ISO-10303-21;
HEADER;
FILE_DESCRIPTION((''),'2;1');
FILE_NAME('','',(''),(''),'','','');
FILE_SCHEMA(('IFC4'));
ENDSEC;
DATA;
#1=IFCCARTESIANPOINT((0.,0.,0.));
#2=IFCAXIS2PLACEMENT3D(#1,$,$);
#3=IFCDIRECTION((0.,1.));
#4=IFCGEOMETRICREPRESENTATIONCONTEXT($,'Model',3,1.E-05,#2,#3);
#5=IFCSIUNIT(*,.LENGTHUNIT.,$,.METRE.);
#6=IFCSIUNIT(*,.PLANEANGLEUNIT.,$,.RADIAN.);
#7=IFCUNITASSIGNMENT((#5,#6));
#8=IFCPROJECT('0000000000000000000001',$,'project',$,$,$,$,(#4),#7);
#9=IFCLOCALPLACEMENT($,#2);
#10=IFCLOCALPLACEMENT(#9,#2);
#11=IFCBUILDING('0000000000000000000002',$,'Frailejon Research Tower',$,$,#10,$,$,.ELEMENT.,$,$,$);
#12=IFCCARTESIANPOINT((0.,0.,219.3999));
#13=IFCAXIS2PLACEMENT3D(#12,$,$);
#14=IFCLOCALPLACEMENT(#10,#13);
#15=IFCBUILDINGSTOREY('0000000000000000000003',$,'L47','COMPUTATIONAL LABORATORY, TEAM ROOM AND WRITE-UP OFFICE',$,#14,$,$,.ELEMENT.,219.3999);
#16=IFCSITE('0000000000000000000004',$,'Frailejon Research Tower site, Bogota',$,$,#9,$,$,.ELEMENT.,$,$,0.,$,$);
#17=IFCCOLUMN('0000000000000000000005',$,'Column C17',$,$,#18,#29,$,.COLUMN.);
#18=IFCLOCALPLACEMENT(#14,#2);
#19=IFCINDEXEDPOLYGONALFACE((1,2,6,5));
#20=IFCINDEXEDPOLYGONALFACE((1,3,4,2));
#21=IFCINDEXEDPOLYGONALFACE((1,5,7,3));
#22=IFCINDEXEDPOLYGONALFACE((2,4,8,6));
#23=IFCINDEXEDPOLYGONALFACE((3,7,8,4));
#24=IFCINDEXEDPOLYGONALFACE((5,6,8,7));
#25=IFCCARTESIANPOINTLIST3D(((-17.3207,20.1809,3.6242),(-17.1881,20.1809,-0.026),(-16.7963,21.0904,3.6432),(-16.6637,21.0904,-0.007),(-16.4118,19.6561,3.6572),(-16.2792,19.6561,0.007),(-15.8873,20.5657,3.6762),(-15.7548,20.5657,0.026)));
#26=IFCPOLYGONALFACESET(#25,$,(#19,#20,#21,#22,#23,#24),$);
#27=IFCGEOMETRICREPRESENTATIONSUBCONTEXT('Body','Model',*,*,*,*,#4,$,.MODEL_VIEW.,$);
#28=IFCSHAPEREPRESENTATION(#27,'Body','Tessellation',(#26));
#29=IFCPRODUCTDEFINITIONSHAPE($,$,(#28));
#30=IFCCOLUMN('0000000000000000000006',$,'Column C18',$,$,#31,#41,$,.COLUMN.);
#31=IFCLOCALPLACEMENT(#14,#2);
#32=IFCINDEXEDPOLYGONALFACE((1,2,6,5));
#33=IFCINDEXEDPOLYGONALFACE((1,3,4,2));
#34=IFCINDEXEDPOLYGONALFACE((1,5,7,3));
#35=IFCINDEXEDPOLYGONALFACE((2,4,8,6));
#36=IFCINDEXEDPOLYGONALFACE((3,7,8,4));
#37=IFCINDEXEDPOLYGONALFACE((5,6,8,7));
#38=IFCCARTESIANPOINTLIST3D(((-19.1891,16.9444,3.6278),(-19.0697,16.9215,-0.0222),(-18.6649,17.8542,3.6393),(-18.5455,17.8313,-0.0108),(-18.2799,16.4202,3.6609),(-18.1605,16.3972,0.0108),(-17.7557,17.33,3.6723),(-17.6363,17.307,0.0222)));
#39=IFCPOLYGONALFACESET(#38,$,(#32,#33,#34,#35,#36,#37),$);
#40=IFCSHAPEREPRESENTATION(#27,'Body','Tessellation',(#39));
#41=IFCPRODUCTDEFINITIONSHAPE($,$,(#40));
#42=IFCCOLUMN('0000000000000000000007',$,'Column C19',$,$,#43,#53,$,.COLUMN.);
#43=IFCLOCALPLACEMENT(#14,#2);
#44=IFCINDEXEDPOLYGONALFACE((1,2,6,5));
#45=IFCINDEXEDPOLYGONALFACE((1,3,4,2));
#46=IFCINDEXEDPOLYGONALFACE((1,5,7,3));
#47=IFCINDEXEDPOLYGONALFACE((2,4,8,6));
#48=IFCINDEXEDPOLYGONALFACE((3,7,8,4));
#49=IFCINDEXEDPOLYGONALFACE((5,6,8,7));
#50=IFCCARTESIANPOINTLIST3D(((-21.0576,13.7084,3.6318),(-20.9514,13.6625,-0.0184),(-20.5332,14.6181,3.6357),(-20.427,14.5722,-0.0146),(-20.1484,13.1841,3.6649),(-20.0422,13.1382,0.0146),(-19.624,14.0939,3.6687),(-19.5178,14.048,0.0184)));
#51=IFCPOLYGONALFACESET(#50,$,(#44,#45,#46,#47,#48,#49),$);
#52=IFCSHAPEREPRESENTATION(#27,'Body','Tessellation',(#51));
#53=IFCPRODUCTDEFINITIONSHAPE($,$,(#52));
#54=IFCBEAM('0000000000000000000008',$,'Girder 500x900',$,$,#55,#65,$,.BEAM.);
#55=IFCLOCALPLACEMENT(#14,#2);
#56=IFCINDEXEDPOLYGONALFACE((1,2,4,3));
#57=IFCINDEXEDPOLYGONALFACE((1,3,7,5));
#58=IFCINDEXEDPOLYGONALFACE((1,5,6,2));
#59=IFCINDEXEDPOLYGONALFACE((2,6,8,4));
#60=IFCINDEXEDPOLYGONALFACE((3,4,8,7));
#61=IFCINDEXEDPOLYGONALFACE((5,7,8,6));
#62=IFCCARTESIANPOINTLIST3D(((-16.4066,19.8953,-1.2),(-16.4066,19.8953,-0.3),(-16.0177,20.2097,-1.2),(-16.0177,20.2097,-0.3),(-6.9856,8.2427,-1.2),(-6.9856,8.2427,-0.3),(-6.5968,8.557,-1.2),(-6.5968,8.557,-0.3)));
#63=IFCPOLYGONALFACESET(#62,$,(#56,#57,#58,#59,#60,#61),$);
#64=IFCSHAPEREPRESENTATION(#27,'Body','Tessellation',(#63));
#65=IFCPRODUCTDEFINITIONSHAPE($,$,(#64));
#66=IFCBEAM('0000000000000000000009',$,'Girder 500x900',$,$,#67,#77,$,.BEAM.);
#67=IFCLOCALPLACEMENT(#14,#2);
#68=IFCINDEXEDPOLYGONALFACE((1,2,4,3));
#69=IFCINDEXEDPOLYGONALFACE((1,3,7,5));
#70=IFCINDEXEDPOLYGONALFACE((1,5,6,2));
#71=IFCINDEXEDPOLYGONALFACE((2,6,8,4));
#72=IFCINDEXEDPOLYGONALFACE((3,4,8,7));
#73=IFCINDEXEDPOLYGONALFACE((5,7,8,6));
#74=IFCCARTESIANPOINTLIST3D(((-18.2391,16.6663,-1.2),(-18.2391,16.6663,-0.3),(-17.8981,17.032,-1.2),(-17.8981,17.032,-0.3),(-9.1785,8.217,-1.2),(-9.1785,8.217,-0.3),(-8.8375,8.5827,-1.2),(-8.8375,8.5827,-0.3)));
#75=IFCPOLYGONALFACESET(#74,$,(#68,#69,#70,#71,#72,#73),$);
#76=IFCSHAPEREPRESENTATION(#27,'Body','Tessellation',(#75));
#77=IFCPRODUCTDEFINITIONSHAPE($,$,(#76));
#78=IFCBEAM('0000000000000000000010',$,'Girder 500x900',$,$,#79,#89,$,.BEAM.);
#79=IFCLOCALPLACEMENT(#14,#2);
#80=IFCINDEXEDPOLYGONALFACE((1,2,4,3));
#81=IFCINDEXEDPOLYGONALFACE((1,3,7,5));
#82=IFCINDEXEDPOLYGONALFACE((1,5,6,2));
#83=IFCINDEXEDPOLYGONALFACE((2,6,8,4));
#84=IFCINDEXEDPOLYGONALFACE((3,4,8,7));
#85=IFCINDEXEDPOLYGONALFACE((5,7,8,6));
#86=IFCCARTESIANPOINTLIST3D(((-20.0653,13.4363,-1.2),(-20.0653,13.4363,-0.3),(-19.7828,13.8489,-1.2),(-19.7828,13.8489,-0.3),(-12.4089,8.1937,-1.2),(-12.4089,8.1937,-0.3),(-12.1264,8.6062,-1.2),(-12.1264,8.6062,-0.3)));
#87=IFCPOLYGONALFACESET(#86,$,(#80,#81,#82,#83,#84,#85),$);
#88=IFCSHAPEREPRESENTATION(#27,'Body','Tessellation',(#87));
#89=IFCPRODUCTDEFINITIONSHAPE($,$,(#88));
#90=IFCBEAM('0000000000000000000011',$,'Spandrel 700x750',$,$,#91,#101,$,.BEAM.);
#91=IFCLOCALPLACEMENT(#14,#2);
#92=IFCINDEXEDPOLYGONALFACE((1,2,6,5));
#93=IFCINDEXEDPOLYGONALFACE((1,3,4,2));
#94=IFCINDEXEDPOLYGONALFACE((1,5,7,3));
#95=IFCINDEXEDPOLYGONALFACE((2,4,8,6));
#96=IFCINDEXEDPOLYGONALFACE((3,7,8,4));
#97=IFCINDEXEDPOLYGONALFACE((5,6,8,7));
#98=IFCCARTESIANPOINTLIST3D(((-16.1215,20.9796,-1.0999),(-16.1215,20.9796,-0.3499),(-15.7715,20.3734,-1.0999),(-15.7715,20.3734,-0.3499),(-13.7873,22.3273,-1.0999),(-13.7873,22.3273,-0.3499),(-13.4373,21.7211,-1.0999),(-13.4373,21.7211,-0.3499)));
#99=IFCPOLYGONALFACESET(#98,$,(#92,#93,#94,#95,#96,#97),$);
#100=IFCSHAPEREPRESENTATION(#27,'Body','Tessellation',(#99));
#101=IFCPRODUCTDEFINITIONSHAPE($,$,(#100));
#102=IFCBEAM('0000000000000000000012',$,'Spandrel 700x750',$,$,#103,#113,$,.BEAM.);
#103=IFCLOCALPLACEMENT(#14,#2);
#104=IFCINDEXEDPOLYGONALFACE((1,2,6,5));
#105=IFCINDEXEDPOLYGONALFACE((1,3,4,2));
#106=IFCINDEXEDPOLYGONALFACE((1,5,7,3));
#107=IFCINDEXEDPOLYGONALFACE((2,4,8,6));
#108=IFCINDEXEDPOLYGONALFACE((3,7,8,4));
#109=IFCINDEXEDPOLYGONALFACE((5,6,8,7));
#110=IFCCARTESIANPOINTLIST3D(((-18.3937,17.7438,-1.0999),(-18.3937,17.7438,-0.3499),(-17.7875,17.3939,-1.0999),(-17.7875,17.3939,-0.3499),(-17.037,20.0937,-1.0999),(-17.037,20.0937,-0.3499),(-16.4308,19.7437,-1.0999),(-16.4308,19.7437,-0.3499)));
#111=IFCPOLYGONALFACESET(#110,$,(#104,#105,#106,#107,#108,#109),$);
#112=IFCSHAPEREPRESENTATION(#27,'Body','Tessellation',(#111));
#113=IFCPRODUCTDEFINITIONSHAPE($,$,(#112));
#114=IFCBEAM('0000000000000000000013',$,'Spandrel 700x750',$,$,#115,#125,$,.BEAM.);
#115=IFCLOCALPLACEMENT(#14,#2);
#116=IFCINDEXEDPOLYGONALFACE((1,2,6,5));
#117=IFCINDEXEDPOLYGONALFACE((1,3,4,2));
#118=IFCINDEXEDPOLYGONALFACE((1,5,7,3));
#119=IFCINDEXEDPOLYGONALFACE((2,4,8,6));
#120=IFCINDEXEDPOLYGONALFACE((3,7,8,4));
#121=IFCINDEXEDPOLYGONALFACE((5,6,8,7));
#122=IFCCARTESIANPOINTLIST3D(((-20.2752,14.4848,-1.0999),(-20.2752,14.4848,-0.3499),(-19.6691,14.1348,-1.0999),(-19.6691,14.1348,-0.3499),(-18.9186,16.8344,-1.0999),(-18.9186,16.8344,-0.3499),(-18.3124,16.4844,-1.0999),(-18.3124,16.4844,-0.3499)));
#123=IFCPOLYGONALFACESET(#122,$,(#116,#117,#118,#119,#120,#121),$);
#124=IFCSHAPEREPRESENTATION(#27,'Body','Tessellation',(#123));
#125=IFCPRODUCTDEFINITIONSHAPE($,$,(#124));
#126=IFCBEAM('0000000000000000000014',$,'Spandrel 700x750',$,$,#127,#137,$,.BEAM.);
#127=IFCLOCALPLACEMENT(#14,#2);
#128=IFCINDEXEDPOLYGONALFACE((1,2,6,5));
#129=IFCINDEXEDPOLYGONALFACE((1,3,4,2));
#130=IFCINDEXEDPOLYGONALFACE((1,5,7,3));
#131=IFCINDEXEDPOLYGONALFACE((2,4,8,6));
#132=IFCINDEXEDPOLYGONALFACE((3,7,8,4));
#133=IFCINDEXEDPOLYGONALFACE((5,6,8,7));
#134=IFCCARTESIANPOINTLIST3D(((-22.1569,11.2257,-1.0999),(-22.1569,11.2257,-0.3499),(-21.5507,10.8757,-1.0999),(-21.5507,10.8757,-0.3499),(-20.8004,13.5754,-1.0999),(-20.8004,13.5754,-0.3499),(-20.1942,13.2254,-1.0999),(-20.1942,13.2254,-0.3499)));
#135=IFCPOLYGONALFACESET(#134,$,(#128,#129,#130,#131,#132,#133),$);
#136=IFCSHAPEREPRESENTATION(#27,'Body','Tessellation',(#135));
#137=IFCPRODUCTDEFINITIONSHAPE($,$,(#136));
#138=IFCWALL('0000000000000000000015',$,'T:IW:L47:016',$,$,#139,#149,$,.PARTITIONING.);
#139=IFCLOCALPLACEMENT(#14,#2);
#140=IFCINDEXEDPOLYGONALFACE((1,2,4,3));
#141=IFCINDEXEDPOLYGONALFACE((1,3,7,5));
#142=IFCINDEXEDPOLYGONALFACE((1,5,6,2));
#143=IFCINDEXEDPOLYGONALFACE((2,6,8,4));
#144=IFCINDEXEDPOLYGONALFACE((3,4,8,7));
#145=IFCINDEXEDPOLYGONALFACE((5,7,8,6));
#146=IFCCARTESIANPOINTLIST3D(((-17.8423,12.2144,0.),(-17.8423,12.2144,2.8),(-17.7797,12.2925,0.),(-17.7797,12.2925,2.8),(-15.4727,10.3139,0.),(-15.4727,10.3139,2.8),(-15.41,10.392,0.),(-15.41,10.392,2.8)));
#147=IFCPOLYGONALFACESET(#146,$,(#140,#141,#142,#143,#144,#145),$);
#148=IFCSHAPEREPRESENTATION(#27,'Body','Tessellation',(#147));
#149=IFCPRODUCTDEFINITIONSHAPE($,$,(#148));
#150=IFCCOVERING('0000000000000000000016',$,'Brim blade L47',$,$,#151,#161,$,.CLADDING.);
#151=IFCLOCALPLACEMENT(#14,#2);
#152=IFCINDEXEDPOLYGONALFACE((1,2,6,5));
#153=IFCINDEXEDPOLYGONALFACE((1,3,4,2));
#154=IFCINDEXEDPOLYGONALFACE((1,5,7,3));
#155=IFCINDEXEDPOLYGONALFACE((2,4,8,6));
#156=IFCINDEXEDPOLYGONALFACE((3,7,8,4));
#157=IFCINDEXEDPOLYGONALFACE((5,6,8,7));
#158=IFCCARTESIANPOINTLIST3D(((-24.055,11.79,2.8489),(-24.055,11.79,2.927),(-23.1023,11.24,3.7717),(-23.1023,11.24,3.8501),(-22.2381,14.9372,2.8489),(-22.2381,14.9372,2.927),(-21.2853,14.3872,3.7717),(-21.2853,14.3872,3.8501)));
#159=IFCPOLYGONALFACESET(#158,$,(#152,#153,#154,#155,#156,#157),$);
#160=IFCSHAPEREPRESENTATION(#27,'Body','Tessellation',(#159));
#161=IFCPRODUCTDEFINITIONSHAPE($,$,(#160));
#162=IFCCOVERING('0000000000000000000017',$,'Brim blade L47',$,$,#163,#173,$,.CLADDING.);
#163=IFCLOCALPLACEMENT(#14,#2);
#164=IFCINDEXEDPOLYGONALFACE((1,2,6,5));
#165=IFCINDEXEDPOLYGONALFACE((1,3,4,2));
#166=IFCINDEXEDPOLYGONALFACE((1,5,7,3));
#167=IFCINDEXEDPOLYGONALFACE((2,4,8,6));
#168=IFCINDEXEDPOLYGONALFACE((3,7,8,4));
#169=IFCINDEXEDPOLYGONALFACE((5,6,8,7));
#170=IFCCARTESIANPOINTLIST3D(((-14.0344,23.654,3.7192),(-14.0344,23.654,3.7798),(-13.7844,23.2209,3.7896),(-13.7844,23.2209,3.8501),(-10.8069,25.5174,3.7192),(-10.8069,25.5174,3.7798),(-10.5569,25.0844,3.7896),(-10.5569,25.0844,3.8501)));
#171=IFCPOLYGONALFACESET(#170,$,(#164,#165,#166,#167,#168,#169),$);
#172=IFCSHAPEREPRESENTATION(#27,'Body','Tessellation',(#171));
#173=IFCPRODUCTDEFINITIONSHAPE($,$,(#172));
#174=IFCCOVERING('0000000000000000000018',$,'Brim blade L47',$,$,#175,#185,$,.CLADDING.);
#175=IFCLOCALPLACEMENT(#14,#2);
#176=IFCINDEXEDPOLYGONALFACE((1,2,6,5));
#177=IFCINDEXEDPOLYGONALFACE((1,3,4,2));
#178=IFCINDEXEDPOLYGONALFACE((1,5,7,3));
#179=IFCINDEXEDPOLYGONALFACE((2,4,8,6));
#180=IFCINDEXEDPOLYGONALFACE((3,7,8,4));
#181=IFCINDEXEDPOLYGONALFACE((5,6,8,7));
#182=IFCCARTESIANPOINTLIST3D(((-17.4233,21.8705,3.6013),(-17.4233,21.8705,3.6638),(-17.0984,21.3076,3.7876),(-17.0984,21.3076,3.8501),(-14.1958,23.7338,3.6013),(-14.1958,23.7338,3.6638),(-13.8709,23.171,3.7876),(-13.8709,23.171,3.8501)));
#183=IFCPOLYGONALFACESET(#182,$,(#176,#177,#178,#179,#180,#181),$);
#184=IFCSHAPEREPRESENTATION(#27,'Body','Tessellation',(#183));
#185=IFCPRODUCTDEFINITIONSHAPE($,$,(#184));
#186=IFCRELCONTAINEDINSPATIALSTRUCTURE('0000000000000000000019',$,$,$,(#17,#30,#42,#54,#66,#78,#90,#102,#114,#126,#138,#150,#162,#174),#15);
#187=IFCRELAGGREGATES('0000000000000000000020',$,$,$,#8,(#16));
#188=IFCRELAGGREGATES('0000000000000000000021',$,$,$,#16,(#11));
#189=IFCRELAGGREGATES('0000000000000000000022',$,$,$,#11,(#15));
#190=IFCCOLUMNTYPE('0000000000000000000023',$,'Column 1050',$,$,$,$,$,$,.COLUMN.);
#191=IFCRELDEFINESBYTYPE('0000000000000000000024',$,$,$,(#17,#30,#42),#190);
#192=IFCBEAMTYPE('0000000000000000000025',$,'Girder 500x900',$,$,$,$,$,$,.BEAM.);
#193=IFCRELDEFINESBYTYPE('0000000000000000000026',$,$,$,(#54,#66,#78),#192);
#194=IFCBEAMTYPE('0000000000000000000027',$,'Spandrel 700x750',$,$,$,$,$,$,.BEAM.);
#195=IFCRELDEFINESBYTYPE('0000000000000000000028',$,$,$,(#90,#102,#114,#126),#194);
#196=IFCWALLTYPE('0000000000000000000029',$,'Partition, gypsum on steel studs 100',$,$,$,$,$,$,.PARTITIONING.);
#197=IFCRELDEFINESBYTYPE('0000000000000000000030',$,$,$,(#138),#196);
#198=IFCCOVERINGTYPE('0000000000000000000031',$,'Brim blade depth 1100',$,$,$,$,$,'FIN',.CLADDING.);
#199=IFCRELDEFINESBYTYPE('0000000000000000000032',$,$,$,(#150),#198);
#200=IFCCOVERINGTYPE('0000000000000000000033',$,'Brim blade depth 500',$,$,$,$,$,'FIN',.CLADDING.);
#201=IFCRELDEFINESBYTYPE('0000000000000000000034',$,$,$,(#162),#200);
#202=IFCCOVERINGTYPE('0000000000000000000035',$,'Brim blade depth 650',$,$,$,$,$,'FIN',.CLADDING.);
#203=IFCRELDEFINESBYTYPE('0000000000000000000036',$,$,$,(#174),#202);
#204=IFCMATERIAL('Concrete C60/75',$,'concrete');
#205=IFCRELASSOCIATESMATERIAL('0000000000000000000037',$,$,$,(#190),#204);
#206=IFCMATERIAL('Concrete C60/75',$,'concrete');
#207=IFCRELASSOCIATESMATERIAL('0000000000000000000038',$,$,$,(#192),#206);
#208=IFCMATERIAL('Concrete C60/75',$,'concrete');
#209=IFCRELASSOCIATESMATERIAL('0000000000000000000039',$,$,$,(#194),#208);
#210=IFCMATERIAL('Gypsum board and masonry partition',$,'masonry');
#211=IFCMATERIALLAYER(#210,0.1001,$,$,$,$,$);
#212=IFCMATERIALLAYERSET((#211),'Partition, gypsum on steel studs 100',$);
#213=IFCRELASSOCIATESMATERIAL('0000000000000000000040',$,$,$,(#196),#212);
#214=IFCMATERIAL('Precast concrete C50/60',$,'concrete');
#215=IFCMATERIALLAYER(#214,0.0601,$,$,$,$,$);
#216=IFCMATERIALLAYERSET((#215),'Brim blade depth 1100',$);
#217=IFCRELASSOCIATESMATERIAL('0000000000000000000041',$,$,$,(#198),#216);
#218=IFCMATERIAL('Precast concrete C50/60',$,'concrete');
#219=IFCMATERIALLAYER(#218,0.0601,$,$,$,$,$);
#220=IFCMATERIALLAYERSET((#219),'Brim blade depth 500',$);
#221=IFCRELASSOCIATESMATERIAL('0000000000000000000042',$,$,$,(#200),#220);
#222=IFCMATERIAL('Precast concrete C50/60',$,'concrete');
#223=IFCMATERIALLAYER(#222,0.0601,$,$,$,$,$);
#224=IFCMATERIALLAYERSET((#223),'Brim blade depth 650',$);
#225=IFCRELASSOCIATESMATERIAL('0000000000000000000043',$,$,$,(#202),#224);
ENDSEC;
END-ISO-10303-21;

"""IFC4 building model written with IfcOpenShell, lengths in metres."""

from ifc_helpers import new_model, si_unit, direction, frame, frame_2d, origin, origin_2d, place, context, subcontext, project, spatial, polyline, rectangle, outline, extrude, material, layer, layer_set, material_profile, profile_set, type_object, element, save


model = new_model("IFC4")

# Units and contexts
model_context = context("Model", 3, precision=1e-05, world=origin(), true_north=direction((0.0, 1.0)))
body_context = subcontext(model_context, "Body", "Model", "MODEL_VIEW")
ifc_project = project(units=[si_unit("LENGTHUNIT", "METRE"), si_unit("PLANEANGLEUNIT", "RADIAN")], contexts=[model_context])

# Site, building, storey
site_placement = place(None, origin())
site = spatial("IfcSite", under=ifc_project, at=site_placement, Name="Frailejon Research Tower site, Bogota", CompositionType="ELEMENT", RefElevation=0.0)
building_placement = place(site_placement, origin())
building = spatial("IfcBuilding", under=site, at=building_placement, Name="Frailejon Research Tower", CompositionType="ELEMENT")
storey_placement = place(building_placement, frame((0.0, 0.0, 219.3999)))
storey = spatial("IfcBuildingStorey", under=building, at=storey_placement, Name="L47", Description="COMPUTATIONAL LABORATORY, TEAM ROOM AND WRITE-UP OFFICE", CompositionType="ELEMENT", Elevation=219.3999)

# Columns
ifc_material_1 = material(Name="Concrete C60/75", Category="concrete")
ifc_material_profile_1 = material_profile(ifc_material_1, rectangle(XDim=1.05, YDim=1.05, at=origin_2d()), Name="Column 1050")
ifc_profile_set_1 = profile_set([ifc_material_profile_1], Name="Concrete C60/75")
column_type = type_object("IfcColumnType", Name="Column 1050", PredefinedType="COLUMN", material=ifc_profile_set_1)
column_placement = place(storey_placement, frame((-16.4714, 20.3733, 0.0), z_axis=(-0.036295, 0.0, 0.999341), x_axis=(-0.499424, -0.866168, -0.018138)))
element("IfcColumn", 1, at=column_placement, inside=storey, type_object=column_type, Name="Column C17", PredefinedType="COLUMN", context=body_context, shape_type="SweptSolid", body=[
    extrude(rectangle(XDim=1.05, YDim=1.05, at=origin_2d()), origin(), (0.0, 0.0, 1.0), 3.6526),
])
for number, where, z_axis, x_axis, name in (
    (2, (-18.353, 17.1143, 0.0), (-0.032689, 0.006284, 0.999446), (-0.49919, -0.866424, -0.01088), "Column C18"),
    (3, (-20.2346, 13.8552, 0.0), (-0.02908, 0.012568, 0.999498), (-0.499394, -0.866367, -0.003636), "Column C19"),
):
    element("IfcColumn", number, at=place(storey_placement, frame(where, z_axis=z_axis, x_axis=x_axis)), inside=storey, type_object=column_type, Name=name, PredefinedType="COLUMN", context=body_context, shape_type="SweptSolid", body=[
        extrude(rectangle(XDim=1.05, YDim=1.05, at=origin_2d()), origin(), (0.0, 0.0, 1.0), 3.6521),
    ])

# Beams
ifc_material_2 = material(Name="Concrete C60/75", Category="concrete")
ifc_material_profile_2 = material_profile(ifc_material_2, rectangle(XDim=0.5, YDim=0.8999, at=origin_2d()), Name="Girder 500x900")
ifc_profile_set_2 = profile_set([ifc_material_profile_2], Name="Concrete C60/75")
beam_type_1 = type_object("IfcBeamType", Name="Girder 500x900", PredefinedType="BEAM", material=ifc_profile_set_2)
beam_1_placement = place(storey_placement, frame((-16.2122, 20.0525, -0.75), z_axis=(0.628708, -0.777641, 0.0), x_axis=(0.777641, 0.628708, 0.0)))
element("IfcBeam", 4, at=beam_1_placement, inside=storey, type_object=beam_type_1, Name="Girder 500x900", PredefinedType="BEAM", context=body_context, shape_type="SweptSolid", body=[
    extrude(rectangle(XDim=0.5, YDim=0.8999, at=origin_2d()), origin(), (0.0, 0.0, 1.0), 14.9846),
])
beam_2_placement = place(storey_placement, frame((-18.0686, 16.8491, -0.75), z_axis=(0.731349, -0.682004, 0.0), x_axis=(0.682004, 0.731349, 0.0)))
element("IfcBeam", 5, at=beam_2_placement, inside=storey, type_object=beam_type_1, Name="Girder 500x900", PredefinedType="BEAM", context=body_context, shape_type="SweptSolid", body=[
    extrude(rectangle(XDim=0.5, YDim=0.8999, at=origin_2d()), origin(), (0.0, 0.0, 1.0), 12.3889),
])
beam_3_placement = place(storey_placement, frame((-19.9241, 13.6426, -0.75), z_axis=(0.825105, -0.564979, 0.0), x_axis=(0.564979, 0.825105, 0.0)))
element("IfcBeam", 6, at=beam_3_placement, inside=storey, type_object=beam_type_1, Name="Girder 500x900", PredefinedType="BEAM", context=body_context, shape_type="SweptSolid", body=[
    extrude(rectangle(XDim=0.5, YDim=0.8999, at=origin_2d()), origin(), (0.0, 0.0, 1.0), 9.2793),
])
ifc_material_3 = material(Name="Concrete C60/75", Category="concrete")
ifc_material_profile_3 = material_profile(ifc_material_3, rectangle(XDim=0.7, YDim=0.75, at=origin_2d()), Name="Spandrel 700x750")
ifc_profile_set_3 = profile_set([ifc_material_profile_3], Name="Concrete C60/75")
beam_type_2 = type_object("IfcBeamType", Name="Spandrel 700x750", PredefinedType="BEAM", material=ifc_profile_set_3)
beam_4_placement = place(storey_placement, frame((-13.6123, 22.0242, -0.7249), z_axis=(-0.866027, -0.499997, 0.0), x_axis=(0.499997, -0.866027, 0.0)))
element("IfcBeam", 7, at=beam_4_placement, inside=storey, type_object=beam_type_2, Name="Spandrel 700x750", PredefinedType="BEAM", context=body_context, shape_type="SweptSolid", body=[
    extrude(rectangle(XDim=0.7, YDim=0.75, at=origin_2d()), origin(), (0.0, 0.0, 1.0), 2.6953),
])
beam_5_placement = place(storey_placement, frame((-16.7339, 19.9187, -0.7249), z_axis=(-0.5, -0.866025, 0.0), x_axis=(0.866025, -0.5, 0.0)))
element("IfcBeam", 8, at=beam_5_placement, inside=storey, type_object=beam_type_2, Name="Spandrel 700x750", PredefinedType="BEAM", context=body_context, shape_type="SweptSolid", body=[
    extrude(rectangle(XDim=0.7, YDim=0.75, at=origin_2d()), origin(), (0.0, 0.0, 1.0), 2.7134),
])
for number, where, z_axis, x_axis, name in (
    (9, (-18.6155, 16.6594, -0.7249), (-0.500039, -0.866003, 0.0), (0.866003, -0.500039, 0.0), "Spandrel 700x750"),
    (10, (-20.4973, 13.4004, -0.7249), (-0.499972, -0.866042, 0.0), (0.866042, -0.499972, 0.0), "Spandrel 700x750"),
):
    element("IfcBeam", number, at=place(storey_placement, frame(where, z_axis=z_axis, x_axis=x_axis)), inside=storey, type_object=beam_type_2, Name=name, PredefinedType="BEAM", context=body_context, shape_type="SweptSolid", body=[
        extrude(rectangle(XDim=0.7, YDim=0.75, at=origin_2d()), origin(), (0.0, 0.0, 1.0), 2.7131),
    ])

# Wall
ifc_material_4 = material(Name="Gypsum board and masonry partition", Category="masonry")
ifc_layer_1 = layer(ifc_material_4, 0.1001)
ifc_layer_set_1 = layer_set([ifc_layer_1], Name="Partition, gypsum on steel studs 100")
wall_type_1 = type_object("IfcWallType", Name="Partition, gypsum on steel studs 100", PredefinedType="PARTITIONING", material=ifc_layer_set_1)
wall_1_placement = place(storey_placement, frame((-17.811, 12.2534, 0.0), z_axis=(0.0, 0.0, 1.0), x_axis=(0.780115, -0.625636, 0.0)))
element("IfcWall", 11, at=wall_1_placement, inside=storey, type_object=wall_type_1, Name="T:IW:L47:016", PredefinedType="PARTITIONING", context=body_context, shape_type="SweptSolid", body=[
    extrude(rectangle(XDim=3.0376, YDim=0.1001, at=frame_2d((1.5188, 0.0))), origin(), (0.0, 0.0, 1.0), 2.8),
])

# Coverings
ifc_material_5 = material(Name="Precast concrete C50/60", Category="concrete")
ifc_layer_2 = layer(ifc_material_5, 0.0601)
ifc_layer_set_2 = layer_set([ifc_layer_2], Name="Brim blade depth 1100")
covering_type_1 = type_object("IfcCoveringType", Name="Brim blade depth 1100", ElementType="FIN", PredefinedType="CLADDING", material=ifc_layer_set_2)
covering_1_placement = place(storey_placement, frame((-23.1023, 11.24, 3.8501), z_axis=(0.499981, 0.866036, 0.0), x_axis=(-0.866036, 0.499981, 0.0)))
element("IfcCovering", 12, at=covering_1_placement, inside=storey, type_object=covering_type_1, Name="Brim blade L47", PredefinedType="CLADDING", context=body_context, shape_type="SweptSolid", body=[
    extrude(outline(polyline([(0.0, -0.0784), (1.1001, -1.0012), (1.1001, -0.9231), (0.0, 0.0), (0.0, -0.0784)])), origin(), (0.0, 0.0, 1.0), 3.634),
])
ifc_material_6 = material(Name="Precast concrete C50/60", Category="concrete")
ifc_layer_3 = layer(ifc_material_6, 0.0601)
ifc_layer_set_3 = layer_set([ifc_layer_3], Name="Brim blade depth 500")
covering_type_2 = type_object("IfcCoveringType", Name="Brim blade depth 500", ElementType="FIN", PredefinedType="CLADDING", material=ifc_layer_set_3)
covering_2_placement = place(storey_placement, frame((-13.7844, 23.2209, 3.8501), z_axis=(0.866025, 0.500001, 0.0), x_axis=(-0.500001, 0.866025, 0.0)))
element("IfcCovering", 13, at=covering_2_placement, inside=storey, type_object=covering_type_2, Name="Brim blade L47", PredefinedType="CLADDING", context=body_context, shape_type="SweptSolid", body=[
    extrude(outline(polyline([(0.0, -0.0605), (0.5, -0.1309), (0.5, -0.0703), (0.0, 0.0), (0.0, -0.0605)])), origin(), (0.0, 0.0, 1.0), 3.7268),
])
ifc_material_7 = material(Name="Precast concrete C50/60", Category="concrete")
ifc_layer_4 = layer(ifc_material_7, 0.0601)
ifc_layer_set_4 = layer_set([ifc_layer_4], Name="Brim blade depth 650")
covering_type_3 = type_object("IfcCoveringType", Name="Brim blade depth 650", ElementType="FIN", PredefinedType="CLADDING", material=ifc_layer_set_4)
covering_3_placement = place(storey_placement, frame((-17.0984, 21.3076, 3.8501), z_axis=(0.86603, 0.499992, 0.0), x_axis=(-0.499992, 0.86603, 0.0)))
element("IfcCovering", 14, at=covering_3_placement, inside=storey, type_object=covering_type_3, Name="Brim blade L47", PredefinedType="CLADDING", context=body_context, shape_type="SweptSolid", body=[
    extrude(outline(polyline([(0.0, -0.0625), (0.6499, -0.2488), (0.6499, -0.1863), (0.0, 0.0), (0.0, -0.0625)])), origin(), (0.0, 0.0, 1.0), 3.7268),
])

save(model, "model.ifc")
